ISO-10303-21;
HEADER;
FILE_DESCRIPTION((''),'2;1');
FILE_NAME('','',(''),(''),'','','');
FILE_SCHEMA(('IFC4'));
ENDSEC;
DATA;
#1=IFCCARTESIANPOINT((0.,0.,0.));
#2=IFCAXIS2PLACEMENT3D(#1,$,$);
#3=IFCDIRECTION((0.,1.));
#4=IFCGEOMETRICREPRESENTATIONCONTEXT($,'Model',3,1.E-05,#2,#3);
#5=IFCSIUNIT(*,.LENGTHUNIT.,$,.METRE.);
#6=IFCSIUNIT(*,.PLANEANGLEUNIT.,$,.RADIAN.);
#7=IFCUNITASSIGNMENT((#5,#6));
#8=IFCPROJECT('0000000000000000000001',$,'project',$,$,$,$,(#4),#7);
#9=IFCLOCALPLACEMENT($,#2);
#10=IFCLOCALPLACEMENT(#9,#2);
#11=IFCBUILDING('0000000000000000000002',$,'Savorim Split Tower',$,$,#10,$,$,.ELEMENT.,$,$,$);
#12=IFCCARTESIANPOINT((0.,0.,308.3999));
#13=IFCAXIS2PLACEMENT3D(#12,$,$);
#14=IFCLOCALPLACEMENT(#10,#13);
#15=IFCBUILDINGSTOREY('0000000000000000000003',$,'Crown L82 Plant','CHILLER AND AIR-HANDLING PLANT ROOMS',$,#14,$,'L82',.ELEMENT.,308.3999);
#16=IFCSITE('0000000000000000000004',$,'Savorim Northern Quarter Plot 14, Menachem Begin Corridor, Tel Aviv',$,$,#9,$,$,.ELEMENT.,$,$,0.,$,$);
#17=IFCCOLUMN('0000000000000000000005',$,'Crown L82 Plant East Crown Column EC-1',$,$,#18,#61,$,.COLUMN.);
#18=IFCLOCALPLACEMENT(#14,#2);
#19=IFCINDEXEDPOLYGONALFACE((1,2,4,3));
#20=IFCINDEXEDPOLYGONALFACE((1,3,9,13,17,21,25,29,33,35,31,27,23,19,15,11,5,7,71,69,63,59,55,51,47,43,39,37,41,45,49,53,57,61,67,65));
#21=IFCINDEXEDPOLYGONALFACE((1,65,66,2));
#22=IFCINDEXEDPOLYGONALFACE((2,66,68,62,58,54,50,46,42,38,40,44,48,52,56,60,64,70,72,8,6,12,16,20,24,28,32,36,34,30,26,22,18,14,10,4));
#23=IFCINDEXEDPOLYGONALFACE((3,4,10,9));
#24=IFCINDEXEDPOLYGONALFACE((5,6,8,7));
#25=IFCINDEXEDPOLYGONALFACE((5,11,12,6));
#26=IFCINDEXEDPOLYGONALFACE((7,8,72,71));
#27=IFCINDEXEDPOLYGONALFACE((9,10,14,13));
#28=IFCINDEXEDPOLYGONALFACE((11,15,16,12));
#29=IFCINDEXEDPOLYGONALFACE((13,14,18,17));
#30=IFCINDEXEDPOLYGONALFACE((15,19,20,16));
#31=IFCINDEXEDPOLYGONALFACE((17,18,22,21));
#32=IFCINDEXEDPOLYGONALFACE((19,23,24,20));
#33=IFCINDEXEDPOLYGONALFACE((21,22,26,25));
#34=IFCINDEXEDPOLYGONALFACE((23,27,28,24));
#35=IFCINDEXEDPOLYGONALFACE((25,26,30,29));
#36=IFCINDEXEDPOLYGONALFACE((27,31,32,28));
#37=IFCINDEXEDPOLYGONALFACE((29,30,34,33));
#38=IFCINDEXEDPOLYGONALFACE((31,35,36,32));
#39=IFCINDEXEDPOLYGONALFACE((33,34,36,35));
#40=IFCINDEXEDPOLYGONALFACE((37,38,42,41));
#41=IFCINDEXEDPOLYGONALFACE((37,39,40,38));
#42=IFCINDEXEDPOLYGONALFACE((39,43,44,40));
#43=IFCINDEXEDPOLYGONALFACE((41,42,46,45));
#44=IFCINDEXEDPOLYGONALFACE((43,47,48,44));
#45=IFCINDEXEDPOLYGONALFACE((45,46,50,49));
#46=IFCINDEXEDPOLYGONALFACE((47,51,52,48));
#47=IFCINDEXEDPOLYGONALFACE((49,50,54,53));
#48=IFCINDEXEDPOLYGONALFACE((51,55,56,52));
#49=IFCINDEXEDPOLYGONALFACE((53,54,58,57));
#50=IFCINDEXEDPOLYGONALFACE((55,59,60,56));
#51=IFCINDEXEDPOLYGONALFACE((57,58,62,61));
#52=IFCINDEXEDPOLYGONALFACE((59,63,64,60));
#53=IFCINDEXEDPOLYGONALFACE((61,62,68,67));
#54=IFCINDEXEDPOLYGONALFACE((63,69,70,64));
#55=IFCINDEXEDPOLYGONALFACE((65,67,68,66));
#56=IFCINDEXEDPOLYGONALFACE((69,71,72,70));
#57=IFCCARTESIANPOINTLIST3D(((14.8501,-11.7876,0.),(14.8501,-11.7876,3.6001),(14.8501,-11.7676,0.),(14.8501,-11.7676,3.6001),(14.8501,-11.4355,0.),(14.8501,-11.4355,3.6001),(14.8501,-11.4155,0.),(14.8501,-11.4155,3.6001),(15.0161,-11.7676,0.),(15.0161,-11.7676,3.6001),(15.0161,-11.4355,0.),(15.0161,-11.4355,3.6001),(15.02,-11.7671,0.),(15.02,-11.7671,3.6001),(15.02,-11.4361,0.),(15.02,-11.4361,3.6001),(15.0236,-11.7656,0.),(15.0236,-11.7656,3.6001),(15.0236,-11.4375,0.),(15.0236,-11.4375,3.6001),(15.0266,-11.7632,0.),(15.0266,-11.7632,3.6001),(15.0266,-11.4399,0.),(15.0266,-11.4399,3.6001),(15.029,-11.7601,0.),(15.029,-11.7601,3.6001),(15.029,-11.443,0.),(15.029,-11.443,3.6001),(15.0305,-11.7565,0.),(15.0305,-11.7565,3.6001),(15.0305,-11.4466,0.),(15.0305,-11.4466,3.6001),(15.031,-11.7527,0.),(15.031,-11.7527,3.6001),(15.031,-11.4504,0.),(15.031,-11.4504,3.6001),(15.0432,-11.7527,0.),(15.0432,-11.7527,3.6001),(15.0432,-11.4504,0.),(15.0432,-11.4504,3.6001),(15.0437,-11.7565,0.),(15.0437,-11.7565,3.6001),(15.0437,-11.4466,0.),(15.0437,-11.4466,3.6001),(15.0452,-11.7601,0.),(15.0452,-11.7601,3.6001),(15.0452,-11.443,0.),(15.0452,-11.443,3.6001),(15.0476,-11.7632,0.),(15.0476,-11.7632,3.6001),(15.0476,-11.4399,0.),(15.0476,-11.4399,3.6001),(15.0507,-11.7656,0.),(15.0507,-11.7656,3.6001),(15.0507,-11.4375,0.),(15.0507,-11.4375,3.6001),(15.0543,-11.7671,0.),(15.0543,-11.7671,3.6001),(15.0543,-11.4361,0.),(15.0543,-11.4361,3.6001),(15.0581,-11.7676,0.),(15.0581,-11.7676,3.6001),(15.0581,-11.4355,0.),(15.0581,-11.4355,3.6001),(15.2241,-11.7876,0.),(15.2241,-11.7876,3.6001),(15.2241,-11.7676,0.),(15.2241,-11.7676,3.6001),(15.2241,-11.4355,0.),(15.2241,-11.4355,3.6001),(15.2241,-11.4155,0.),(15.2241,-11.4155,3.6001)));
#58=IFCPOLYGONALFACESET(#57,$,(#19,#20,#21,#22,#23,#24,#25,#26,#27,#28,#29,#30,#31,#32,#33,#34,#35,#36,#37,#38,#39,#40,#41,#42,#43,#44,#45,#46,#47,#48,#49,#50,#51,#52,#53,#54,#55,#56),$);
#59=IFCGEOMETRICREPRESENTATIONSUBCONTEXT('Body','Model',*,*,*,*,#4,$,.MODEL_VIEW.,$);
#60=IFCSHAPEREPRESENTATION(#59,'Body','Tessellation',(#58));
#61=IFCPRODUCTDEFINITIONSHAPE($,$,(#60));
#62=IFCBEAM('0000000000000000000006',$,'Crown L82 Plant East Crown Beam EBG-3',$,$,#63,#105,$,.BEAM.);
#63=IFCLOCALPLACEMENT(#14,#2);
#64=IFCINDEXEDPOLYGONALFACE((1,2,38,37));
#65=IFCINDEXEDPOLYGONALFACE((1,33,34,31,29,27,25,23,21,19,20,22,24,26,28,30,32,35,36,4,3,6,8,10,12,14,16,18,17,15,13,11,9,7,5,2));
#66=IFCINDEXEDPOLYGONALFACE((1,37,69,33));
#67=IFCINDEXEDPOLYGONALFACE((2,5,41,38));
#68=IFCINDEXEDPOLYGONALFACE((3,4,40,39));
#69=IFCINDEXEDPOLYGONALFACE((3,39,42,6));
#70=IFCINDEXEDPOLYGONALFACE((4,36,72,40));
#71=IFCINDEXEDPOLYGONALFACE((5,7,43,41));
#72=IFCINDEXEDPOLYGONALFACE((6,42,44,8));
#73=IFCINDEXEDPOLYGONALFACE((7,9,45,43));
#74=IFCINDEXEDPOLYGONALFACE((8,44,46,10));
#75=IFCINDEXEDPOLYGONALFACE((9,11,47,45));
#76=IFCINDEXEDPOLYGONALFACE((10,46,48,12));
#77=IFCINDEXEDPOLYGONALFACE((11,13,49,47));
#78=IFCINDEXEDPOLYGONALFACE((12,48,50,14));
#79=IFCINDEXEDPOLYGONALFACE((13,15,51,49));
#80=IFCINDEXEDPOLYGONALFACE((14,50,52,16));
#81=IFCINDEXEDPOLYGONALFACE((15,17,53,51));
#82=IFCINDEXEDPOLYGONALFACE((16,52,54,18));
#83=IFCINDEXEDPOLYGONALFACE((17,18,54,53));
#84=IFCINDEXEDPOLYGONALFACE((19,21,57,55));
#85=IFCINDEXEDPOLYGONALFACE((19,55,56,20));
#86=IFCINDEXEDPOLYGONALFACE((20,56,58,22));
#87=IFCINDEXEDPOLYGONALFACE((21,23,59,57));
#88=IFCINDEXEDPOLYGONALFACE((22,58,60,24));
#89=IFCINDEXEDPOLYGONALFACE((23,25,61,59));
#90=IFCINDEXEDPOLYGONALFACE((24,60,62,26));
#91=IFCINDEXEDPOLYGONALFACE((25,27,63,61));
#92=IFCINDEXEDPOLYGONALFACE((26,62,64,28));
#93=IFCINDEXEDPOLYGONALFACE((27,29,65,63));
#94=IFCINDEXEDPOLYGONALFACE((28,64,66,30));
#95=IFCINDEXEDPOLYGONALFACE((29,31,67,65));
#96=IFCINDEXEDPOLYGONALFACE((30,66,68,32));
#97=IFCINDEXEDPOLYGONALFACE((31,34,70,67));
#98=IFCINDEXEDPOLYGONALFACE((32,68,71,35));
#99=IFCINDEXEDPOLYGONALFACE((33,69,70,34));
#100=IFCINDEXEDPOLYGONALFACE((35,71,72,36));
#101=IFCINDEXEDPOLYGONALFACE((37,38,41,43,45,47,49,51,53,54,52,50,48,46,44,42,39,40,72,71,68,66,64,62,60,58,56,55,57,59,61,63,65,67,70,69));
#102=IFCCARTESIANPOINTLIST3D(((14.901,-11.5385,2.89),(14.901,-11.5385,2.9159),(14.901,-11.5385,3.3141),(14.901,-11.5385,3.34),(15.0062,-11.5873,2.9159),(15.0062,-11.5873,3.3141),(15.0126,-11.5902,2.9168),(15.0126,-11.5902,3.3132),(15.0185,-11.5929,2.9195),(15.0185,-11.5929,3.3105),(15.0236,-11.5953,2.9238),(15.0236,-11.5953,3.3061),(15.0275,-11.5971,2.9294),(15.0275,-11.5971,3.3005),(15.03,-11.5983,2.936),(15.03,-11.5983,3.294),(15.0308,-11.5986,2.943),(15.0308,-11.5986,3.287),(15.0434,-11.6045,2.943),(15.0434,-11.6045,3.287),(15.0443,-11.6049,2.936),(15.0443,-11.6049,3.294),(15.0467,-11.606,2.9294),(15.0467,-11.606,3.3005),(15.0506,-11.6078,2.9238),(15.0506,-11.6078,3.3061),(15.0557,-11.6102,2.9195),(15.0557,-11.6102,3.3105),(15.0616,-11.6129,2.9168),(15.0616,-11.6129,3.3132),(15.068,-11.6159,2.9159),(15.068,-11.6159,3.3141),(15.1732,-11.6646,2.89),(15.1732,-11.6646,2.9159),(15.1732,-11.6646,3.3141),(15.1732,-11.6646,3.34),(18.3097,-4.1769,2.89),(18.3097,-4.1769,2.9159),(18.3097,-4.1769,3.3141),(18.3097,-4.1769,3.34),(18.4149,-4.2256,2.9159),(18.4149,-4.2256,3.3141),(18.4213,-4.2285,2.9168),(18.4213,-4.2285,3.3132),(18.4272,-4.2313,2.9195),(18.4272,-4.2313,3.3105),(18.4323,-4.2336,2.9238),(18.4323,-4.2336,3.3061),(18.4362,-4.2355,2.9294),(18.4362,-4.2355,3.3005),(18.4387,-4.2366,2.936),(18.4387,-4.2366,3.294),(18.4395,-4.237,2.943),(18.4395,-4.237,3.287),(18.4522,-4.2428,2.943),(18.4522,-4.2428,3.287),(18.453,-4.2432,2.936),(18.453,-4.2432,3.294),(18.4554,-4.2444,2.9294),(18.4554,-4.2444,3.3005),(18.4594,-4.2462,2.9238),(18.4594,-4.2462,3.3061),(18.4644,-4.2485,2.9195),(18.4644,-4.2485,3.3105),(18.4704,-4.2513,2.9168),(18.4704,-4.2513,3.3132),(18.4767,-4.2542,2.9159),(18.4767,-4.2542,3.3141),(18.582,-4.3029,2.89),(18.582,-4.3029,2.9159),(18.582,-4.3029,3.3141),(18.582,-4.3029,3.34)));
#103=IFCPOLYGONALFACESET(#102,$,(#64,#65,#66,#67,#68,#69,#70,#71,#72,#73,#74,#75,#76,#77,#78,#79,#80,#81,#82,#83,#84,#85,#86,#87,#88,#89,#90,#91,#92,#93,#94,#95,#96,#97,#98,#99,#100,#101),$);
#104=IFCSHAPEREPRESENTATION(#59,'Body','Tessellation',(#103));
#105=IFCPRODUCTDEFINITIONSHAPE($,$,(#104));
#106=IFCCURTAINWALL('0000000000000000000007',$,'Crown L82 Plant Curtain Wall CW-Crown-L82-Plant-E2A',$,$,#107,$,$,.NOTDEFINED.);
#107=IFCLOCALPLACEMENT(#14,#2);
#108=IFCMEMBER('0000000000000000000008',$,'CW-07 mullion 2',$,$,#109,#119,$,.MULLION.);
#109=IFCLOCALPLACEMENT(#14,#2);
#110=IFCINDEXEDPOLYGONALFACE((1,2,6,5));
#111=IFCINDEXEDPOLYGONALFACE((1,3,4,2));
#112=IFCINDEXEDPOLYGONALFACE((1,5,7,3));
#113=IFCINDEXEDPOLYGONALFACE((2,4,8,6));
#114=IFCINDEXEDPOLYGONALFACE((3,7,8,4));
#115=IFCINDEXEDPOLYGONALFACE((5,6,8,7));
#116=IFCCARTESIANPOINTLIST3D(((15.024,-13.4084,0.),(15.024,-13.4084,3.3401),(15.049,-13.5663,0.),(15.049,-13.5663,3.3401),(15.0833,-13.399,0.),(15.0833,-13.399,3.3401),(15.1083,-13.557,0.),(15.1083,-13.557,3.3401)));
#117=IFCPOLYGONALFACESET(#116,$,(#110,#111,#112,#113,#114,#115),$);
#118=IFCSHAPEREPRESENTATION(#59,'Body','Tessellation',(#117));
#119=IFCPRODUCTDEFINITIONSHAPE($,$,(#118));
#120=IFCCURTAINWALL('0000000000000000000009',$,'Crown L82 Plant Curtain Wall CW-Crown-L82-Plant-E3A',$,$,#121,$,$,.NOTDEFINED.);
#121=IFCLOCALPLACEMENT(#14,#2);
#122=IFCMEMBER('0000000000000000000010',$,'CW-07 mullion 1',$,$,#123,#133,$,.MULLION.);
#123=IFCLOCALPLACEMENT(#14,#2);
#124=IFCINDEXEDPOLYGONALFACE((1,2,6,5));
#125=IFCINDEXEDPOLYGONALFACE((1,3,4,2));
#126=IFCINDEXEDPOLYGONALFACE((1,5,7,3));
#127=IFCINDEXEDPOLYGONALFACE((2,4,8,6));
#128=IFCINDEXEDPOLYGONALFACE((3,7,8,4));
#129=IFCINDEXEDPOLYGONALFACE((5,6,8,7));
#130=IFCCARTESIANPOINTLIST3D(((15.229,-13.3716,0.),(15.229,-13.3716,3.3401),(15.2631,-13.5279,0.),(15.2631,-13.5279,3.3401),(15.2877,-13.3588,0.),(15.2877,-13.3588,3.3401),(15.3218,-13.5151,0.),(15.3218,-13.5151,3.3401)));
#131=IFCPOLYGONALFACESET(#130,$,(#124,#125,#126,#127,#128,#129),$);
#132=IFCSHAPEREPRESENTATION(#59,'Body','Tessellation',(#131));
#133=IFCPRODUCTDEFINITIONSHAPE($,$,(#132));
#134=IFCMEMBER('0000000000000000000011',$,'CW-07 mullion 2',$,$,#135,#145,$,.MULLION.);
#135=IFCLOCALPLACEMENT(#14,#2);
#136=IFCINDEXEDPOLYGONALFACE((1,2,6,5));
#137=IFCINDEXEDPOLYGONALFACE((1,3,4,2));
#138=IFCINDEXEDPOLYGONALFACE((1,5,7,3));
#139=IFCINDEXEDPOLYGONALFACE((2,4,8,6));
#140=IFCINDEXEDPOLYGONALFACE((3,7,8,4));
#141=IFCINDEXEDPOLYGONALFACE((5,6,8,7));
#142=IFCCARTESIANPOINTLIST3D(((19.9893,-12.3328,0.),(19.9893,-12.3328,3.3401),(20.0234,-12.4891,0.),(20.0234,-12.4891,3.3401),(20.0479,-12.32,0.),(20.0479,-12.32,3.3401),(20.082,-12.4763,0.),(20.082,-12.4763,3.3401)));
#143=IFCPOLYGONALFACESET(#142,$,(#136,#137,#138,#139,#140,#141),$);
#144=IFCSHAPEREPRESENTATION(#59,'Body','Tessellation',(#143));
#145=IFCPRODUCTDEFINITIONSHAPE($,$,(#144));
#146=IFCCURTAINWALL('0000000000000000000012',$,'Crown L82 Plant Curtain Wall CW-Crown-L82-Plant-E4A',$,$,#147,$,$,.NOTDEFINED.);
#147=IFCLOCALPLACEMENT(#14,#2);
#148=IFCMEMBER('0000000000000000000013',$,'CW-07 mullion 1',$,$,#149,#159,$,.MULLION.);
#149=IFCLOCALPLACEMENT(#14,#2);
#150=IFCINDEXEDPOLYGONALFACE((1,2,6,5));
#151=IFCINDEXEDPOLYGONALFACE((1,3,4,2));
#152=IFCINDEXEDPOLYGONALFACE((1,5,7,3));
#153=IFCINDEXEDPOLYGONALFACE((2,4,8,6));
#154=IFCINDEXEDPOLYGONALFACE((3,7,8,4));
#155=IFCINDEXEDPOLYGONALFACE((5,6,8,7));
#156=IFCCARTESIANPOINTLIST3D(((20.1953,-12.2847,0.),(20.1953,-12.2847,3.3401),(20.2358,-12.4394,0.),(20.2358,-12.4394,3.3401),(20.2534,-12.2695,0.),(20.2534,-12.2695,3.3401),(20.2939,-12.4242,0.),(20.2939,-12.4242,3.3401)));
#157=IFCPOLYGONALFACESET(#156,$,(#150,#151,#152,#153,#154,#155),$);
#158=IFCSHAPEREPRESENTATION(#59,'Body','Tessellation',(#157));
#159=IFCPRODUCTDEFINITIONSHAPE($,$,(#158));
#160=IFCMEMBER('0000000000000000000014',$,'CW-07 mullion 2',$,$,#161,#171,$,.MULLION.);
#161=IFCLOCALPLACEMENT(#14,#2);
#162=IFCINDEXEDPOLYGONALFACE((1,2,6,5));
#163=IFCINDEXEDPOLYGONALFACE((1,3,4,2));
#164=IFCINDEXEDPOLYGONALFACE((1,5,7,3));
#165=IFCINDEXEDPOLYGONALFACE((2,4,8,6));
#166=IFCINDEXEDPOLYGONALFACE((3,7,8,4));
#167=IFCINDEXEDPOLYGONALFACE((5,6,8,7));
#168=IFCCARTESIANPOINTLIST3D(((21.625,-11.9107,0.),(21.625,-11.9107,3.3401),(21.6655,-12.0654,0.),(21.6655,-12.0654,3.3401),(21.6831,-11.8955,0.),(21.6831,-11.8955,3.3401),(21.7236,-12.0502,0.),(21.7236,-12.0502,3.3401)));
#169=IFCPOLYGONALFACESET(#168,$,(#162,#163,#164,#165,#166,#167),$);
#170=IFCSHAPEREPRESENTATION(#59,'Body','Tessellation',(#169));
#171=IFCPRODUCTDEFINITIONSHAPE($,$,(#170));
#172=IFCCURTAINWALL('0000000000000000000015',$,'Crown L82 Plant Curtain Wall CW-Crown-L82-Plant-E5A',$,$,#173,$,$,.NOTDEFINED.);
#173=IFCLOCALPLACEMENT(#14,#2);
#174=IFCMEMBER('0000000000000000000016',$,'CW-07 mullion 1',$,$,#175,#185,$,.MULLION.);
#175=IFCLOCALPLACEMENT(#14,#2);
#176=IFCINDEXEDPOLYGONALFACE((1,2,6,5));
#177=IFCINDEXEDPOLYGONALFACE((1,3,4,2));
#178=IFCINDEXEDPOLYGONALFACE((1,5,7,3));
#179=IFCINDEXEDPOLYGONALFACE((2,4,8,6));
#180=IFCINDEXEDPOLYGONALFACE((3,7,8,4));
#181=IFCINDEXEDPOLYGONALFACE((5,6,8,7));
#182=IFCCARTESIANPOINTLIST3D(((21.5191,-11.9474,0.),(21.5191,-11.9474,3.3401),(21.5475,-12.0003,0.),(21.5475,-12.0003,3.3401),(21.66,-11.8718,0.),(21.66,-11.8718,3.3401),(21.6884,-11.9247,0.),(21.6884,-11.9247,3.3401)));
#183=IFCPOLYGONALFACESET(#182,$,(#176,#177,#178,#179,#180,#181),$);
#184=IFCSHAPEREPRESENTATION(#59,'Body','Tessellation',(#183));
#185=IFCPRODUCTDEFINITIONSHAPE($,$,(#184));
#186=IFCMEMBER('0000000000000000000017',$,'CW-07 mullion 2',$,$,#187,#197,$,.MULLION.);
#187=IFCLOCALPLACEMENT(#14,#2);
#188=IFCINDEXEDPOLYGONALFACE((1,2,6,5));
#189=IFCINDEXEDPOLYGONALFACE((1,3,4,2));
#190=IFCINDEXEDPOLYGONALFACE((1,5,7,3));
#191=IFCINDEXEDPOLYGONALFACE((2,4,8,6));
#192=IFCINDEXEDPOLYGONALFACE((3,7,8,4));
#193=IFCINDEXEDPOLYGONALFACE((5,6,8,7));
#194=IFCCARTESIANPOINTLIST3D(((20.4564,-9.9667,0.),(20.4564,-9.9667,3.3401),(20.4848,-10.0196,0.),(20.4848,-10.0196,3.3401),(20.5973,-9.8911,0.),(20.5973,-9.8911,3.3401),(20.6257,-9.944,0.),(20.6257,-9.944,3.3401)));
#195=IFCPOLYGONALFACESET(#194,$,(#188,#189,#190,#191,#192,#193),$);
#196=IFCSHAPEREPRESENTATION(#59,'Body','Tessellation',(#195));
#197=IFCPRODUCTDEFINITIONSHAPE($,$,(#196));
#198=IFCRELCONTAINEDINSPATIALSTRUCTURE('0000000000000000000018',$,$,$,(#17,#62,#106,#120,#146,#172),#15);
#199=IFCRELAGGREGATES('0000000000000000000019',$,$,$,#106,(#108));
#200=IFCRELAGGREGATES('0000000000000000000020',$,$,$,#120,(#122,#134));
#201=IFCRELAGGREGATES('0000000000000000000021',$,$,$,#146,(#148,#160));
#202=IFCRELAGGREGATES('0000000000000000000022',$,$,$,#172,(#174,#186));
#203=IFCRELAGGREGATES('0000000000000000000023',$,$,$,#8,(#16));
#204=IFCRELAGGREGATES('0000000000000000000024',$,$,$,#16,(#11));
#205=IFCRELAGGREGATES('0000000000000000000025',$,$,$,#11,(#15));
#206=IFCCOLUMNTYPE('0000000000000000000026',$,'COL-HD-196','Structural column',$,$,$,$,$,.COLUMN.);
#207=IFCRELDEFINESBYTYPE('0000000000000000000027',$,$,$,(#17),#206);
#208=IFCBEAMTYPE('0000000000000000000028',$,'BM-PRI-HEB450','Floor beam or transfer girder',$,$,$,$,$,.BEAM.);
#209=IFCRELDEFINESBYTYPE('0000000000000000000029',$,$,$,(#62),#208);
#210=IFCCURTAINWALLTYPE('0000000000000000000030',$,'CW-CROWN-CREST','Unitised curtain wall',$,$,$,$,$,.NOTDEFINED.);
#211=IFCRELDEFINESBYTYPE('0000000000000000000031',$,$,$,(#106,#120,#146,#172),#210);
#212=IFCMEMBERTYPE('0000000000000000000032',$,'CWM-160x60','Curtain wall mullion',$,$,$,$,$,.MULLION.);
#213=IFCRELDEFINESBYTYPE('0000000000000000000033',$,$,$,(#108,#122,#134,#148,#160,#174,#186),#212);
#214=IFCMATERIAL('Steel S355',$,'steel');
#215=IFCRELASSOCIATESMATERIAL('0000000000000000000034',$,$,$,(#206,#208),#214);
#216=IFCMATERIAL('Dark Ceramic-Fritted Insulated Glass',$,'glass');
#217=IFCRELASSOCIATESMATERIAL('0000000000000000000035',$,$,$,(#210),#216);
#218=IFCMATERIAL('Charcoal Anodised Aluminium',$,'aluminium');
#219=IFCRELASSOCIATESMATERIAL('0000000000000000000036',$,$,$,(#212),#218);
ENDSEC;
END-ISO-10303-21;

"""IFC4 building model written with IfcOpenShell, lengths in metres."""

from ifc_helpers import new_model, si_unit, direction, frame, origin, origin_2d, place, context, subcontext, project, spatial, rectangle, i_section, extrude, material, material_profile, profile_set, type_object, element, aggregate, save


model = new_model("IFC4")

# Units and contexts
model_context = context("Model", 3, precision=1e-05, world=origin(), true_north=direction((0.0, 1.0)))
body_context = subcontext(model_context, "Body", "Model", "MODEL_VIEW")
ifc_project = project(units=[si_unit("LENGTHUNIT", "METRE"), si_unit("PLANEANGLEUNIT", "RADIAN")], contexts=[model_context])

# Site, building, storey
site_placement = place(None, origin())
site = spatial("IfcSite", under=ifc_project, at=site_placement, Name="Savorim Northern Quarter Plot 14, Menachem Begin Corridor, Tel Aviv", CompositionType="ELEMENT", RefElevation=0.0)
building_placement = place(site_placement, origin())
building = spatial("IfcBuilding", under=site, at=building_placement, Name="Savorim Split Tower", CompositionType="ELEMENT")
storey_placement = place(building_placement, frame((0.0, 0.0, 308.3999)))
storey = spatial("IfcBuildingStorey", under=building, at=storey_placement, Name="Crown L82 Plant", Description="CHILLER AND AIR-HANDLING PLANT ROOMS", LongName="L82", CompositionType="ELEMENT", Elevation=308.3999)

# Column
ifc_material_1 = material(Name="Steel S355", Category="steel")
ifc_material_profile_1 = material_profile(ifc_material_1, i_section(OverallWidth=0.374, OverallDepth=0.3721, WebThickness=0.0122, FlangeThickness=0.02, FilletRadius=0.0149, at=origin_2d()), Name="HD 360x196")
ifc_profile_set_1 = profile_set([ifc_material_profile_1], Name="Steel S355")
column_type = type_object("IfcColumnType", Name="COL-HD-196", Description="Structural column", PredefinedType="COLUMN", material=ifc_profile_set_1)
column_placement = place(storey_placement, frame((15.0371, -11.6016, 0.0), z_axis=(0.0, 0.0, 1.0), x_axis=(1.0, 0.0, 0.0)))
element("IfcColumn", 1, at=column_placement, inside=storey, type_object=column_type, Name="Crown L82 Plant East Crown Column EC-1", PredefinedType="COLUMN", context=body_context, shape_type="SweptSolid", body=[
    extrude(i_section(OverallWidth=0.374, OverallDepth=0.3721, WebThickness=0.0122, FlangeThickness=0.02, FilletRadius=0.0149, at=origin_2d()), origin(), (0.0, 0.0, 1.0), 3.6001),
])

# Beam
ifc_material_profile_2 = material_profile(ifc_material_1, i_section(OverallWidth=0.3, OverallDepth=0.45, WebThickness=0.0139, FlangeThickness=0.0259, FilletRadius=0.0271, at=origin_2d()), Name="HEB 450")
ifc_profile_set_2 = profile_set([ifc_material_profile_2], Name="Steel S355")
beam_type = type_object("IfcBeamType", Name="BM-PRI-HEB450", Description="Floor beam or transfer girder", PredefinedType="BEAM", material=ifc_profile_set_2)
beam_placement = place(storey_placement, frame((15.0371, -11.6016, 3.115), z_axis=(0.42018, 0.907441, 0.0), x_axis=(-0.907441, 0.42018, 0.0)))
element("IfcBeam", 2, at=beam_placement, inside=storey, type_object=beam_type, Name="Crown L82 Plant East Crown Beam EBG-3", PredefinedType="BEAM", context=body_context, shape_type="SweptSolid", body=[
    extrude(i_section(OverallWidth=0.3, OverallDepth=0.45, WebThickness=0.0139, FlangeThickness=0.0259, FilletRadius=0.0271, at=origin_2d()), origin(), (0.0, 0.0, 1.0), 8.1125),
])

# Curtain wall, member
ifc_material_2 = material(Name="Dark Ceramic-Fritted Insulated Glass", Category="glass")
curtain_wall_type = type_object("IfcCurtainWallType", Name="CW-CROWN-CREST", Description="Unitised curtain wall", PredefinedType="NOTDEFINED", material=ifc_material_2)
curtain_wall_1_placement = place(storey_placement, origin())
curtain_wall_1 = element("IfcCurtainWall", 3, at=curtain_wall_1_placement, inside=storey, type_object=curtain_wall_type, Name="Crown L82 Plant Curtain Wall CW-Crown-L82-Plant-E2A", PredefinedType="NOTDEFINED")
ifc_material_3 = material(Name="Charcoal Anodised Aluminium", Category="aluminium")
ifc_material_profile_3 = material_profile(ifc_material_3, rectangle(XDim=0.1599, YDim=0.0601, at=origin_2d()), Name="ALU-M 160x60")
ifc_profile_set_3 = profile_set([ifc_material_profile_3], Name="Charcoal Anodised Aluminium")
member_type_1 = type_object("IfcMemberType", Name="CWM-160x60", Description="Curtain wall mullion", PredefinedType="MULLION", material=ifc_profile_set_3)
member_1_placement = place(storey_placement, frame((15.0662, -13.4827, 0.0), z_axis=(0.0, 0.0, 1.0), x_axis=(-0.156062, 0.987747, 0.0)))
member_1 = element("IfcMember", 4, at=member_1_placement, type_object=member_type_1, Name="CW-07 mullion 2", PredefinedType="MULLION", context=body_context, shape_type="SweptSolid", body=[
    extrude(rectangle(XDim=0.1599, YDim=0.0601, at=origin_2d()), origin(), (0.0, 0.0, 1.0), 3.3401),
])

# Curtain walls, members
curtain_wall_2_placement = place(storey_placement, origin())
curtain_wall_2 = element("IfcCurtainWall", 5, at=curtain_wall_2_placement, inside=storey, type_object=curtain_wall_type, Name="Crown L82 Plant Curtain Wall CW-Crown-L82-Plant-E3A", PredefinedType="NOTDEFINED")
member_2_placement = place(storey_placement, frame((15.2754, -13.4434, 0.0), z_axis=(0.0, 0.0, 1.0), x_axis=(-0.213222, 0.977004, 0.0)))
member_2 = element("IfcMember", 6, at=member_2_placement, type_object=member_type_1, Name="CW-07 mullion 1", PredefinedType="MULLION", context=body_context, shape_type="SweptSolid", body=[
    extrude(rectangle(XDim=0.1599, YDim=0.0601, at=origin_2d()), origin(), (0.0, 0.0, 1.0), 3.3401),
])
member_3_placement = place(storey_placement, frame((20.0356, -12.4045, 0.0), z_axis=(0.0, 0.0, 1.0), x_axis=(-0.213222, 0.977004, 0.0)))
member_3 = element("IfcMember", 7, at=member_3_placement, type_object=member_type_1, Name="CW-07 mullion 2", PredefinedType="MULLION", context=body_context, shape_type="SweptSolid", body=[
    extrude(rectangle(XDim=0.1599, YDim=0.0601, at=origin_2d()), origin(), (0.0, 0.0, 1.0), 3.3401),
])
curtain_wall_3_placement = place(storey_placement, origin())
curtain_wall_3 = element("IfcCurtainWall", 8, at=curtain_wall_3_placement, inside=storey, type_object=curtain_wall_type, Name="Crown L82 Plant Curtain Wall CW-Crown-L82-Plant-E4A", PredefinedType="NOTDEFINED")
member_4_placement = place(storey_placement, frame((20.2446, -12.3545, 0.0), z_axis=(0.0, 0.0, 1.0), x_axis=(-0.253033, 0.967458, 0.0)))
member_4 = element("IfcMember", 9, at=member_4_placement, type_object=member_type_1, Name="CW-07 mullion 1", PredefinedType="MULLION", context=body_context, shape_type="SweptSolid", body=[
    extrude(rectangle(XDim=0.1599, YDim=0.0601, at=origin_2d()), origin(), (0.0, 0.0, 1.0), 3.3401),
])
member_5_placement = place(storey_placement, frame((21.6743, -11.9805, 0.0), z_axis=(0.0, 0.0, 1.0), x_axis=(-0.253033, 0.967458, 0.0)))
member_5 = element("IfcMember", 10, at=member_5_placement, type_object=member_type_1, Name="CW-07 mullion 2", PredefinedType="MULLION", context=body_context, shape_type="SweptSolid", body=[
    extrude(rectangle(XDim=0.1599, YDim=0.0601, at=origin_2d()), origin(), (0.0, 0.0, 1.0), 3.3401),
])
curtain_wall_4_placement = place(storey_placement, origin())
curtain_wall_4 = element("IfcCurtainWall", 11, at=curtain_wall_4_placement, inside=storey, type_object=curtain_wall_type, Name="Crown L82 Plant Curtain Wall CW-Crown-L82-Plant-E5A", PredefinedType="NOTDEFINED")
member_6_placement = place(storey_placement, frame((21.6038, -11.936, 0.0), z_axis=(0.0, 0.0, 1.0), x_axis=(-0.88116, -0.472818, 0.0)))
member_6 = element("IfcMember", 12, at=member_6_placement, type_object=member_type_1, Name="CW-07 mullion 1", PredefinedType="MULLION", context=body_context, shape_type="SweptSolid", body=[
    extrude(rectangle(XDim=0.1599, YDim=0.0601, at=origin_2d()), origin(), (0.0, 0.0, 1.0), 3.3401),
])
member_7_placement = place(storey_placement, frame((20.541, -9.9553, 0.0), z_axis=(0.0, 0.0, 1.0), x_axis=(-0.88116, -0.472818, 0.0)))
member_7 = element("IfcMember", 13, at=member_7_placement, type_object=member_type_1, Name="CW-07 mullion 2", PredefinedType="MULLION", context=body_context, shape_type="SweptSolid", body=[
    extrude(rectangle(XDim=0.1599, YDim=0.0601, at=origin_2d()), origin(), (0.0, 0.0, 1.0), 3.3401),
])

aggregate(curtain_wall_1, [member_1])
aggregate(curtain_wall_2, [member_2, member_3])
aggregate(curtain_wall_3, [member_4, member_5])
aggregate(curtain_wall_4, [member_6, member_7])

save(model, "model.ifc")
